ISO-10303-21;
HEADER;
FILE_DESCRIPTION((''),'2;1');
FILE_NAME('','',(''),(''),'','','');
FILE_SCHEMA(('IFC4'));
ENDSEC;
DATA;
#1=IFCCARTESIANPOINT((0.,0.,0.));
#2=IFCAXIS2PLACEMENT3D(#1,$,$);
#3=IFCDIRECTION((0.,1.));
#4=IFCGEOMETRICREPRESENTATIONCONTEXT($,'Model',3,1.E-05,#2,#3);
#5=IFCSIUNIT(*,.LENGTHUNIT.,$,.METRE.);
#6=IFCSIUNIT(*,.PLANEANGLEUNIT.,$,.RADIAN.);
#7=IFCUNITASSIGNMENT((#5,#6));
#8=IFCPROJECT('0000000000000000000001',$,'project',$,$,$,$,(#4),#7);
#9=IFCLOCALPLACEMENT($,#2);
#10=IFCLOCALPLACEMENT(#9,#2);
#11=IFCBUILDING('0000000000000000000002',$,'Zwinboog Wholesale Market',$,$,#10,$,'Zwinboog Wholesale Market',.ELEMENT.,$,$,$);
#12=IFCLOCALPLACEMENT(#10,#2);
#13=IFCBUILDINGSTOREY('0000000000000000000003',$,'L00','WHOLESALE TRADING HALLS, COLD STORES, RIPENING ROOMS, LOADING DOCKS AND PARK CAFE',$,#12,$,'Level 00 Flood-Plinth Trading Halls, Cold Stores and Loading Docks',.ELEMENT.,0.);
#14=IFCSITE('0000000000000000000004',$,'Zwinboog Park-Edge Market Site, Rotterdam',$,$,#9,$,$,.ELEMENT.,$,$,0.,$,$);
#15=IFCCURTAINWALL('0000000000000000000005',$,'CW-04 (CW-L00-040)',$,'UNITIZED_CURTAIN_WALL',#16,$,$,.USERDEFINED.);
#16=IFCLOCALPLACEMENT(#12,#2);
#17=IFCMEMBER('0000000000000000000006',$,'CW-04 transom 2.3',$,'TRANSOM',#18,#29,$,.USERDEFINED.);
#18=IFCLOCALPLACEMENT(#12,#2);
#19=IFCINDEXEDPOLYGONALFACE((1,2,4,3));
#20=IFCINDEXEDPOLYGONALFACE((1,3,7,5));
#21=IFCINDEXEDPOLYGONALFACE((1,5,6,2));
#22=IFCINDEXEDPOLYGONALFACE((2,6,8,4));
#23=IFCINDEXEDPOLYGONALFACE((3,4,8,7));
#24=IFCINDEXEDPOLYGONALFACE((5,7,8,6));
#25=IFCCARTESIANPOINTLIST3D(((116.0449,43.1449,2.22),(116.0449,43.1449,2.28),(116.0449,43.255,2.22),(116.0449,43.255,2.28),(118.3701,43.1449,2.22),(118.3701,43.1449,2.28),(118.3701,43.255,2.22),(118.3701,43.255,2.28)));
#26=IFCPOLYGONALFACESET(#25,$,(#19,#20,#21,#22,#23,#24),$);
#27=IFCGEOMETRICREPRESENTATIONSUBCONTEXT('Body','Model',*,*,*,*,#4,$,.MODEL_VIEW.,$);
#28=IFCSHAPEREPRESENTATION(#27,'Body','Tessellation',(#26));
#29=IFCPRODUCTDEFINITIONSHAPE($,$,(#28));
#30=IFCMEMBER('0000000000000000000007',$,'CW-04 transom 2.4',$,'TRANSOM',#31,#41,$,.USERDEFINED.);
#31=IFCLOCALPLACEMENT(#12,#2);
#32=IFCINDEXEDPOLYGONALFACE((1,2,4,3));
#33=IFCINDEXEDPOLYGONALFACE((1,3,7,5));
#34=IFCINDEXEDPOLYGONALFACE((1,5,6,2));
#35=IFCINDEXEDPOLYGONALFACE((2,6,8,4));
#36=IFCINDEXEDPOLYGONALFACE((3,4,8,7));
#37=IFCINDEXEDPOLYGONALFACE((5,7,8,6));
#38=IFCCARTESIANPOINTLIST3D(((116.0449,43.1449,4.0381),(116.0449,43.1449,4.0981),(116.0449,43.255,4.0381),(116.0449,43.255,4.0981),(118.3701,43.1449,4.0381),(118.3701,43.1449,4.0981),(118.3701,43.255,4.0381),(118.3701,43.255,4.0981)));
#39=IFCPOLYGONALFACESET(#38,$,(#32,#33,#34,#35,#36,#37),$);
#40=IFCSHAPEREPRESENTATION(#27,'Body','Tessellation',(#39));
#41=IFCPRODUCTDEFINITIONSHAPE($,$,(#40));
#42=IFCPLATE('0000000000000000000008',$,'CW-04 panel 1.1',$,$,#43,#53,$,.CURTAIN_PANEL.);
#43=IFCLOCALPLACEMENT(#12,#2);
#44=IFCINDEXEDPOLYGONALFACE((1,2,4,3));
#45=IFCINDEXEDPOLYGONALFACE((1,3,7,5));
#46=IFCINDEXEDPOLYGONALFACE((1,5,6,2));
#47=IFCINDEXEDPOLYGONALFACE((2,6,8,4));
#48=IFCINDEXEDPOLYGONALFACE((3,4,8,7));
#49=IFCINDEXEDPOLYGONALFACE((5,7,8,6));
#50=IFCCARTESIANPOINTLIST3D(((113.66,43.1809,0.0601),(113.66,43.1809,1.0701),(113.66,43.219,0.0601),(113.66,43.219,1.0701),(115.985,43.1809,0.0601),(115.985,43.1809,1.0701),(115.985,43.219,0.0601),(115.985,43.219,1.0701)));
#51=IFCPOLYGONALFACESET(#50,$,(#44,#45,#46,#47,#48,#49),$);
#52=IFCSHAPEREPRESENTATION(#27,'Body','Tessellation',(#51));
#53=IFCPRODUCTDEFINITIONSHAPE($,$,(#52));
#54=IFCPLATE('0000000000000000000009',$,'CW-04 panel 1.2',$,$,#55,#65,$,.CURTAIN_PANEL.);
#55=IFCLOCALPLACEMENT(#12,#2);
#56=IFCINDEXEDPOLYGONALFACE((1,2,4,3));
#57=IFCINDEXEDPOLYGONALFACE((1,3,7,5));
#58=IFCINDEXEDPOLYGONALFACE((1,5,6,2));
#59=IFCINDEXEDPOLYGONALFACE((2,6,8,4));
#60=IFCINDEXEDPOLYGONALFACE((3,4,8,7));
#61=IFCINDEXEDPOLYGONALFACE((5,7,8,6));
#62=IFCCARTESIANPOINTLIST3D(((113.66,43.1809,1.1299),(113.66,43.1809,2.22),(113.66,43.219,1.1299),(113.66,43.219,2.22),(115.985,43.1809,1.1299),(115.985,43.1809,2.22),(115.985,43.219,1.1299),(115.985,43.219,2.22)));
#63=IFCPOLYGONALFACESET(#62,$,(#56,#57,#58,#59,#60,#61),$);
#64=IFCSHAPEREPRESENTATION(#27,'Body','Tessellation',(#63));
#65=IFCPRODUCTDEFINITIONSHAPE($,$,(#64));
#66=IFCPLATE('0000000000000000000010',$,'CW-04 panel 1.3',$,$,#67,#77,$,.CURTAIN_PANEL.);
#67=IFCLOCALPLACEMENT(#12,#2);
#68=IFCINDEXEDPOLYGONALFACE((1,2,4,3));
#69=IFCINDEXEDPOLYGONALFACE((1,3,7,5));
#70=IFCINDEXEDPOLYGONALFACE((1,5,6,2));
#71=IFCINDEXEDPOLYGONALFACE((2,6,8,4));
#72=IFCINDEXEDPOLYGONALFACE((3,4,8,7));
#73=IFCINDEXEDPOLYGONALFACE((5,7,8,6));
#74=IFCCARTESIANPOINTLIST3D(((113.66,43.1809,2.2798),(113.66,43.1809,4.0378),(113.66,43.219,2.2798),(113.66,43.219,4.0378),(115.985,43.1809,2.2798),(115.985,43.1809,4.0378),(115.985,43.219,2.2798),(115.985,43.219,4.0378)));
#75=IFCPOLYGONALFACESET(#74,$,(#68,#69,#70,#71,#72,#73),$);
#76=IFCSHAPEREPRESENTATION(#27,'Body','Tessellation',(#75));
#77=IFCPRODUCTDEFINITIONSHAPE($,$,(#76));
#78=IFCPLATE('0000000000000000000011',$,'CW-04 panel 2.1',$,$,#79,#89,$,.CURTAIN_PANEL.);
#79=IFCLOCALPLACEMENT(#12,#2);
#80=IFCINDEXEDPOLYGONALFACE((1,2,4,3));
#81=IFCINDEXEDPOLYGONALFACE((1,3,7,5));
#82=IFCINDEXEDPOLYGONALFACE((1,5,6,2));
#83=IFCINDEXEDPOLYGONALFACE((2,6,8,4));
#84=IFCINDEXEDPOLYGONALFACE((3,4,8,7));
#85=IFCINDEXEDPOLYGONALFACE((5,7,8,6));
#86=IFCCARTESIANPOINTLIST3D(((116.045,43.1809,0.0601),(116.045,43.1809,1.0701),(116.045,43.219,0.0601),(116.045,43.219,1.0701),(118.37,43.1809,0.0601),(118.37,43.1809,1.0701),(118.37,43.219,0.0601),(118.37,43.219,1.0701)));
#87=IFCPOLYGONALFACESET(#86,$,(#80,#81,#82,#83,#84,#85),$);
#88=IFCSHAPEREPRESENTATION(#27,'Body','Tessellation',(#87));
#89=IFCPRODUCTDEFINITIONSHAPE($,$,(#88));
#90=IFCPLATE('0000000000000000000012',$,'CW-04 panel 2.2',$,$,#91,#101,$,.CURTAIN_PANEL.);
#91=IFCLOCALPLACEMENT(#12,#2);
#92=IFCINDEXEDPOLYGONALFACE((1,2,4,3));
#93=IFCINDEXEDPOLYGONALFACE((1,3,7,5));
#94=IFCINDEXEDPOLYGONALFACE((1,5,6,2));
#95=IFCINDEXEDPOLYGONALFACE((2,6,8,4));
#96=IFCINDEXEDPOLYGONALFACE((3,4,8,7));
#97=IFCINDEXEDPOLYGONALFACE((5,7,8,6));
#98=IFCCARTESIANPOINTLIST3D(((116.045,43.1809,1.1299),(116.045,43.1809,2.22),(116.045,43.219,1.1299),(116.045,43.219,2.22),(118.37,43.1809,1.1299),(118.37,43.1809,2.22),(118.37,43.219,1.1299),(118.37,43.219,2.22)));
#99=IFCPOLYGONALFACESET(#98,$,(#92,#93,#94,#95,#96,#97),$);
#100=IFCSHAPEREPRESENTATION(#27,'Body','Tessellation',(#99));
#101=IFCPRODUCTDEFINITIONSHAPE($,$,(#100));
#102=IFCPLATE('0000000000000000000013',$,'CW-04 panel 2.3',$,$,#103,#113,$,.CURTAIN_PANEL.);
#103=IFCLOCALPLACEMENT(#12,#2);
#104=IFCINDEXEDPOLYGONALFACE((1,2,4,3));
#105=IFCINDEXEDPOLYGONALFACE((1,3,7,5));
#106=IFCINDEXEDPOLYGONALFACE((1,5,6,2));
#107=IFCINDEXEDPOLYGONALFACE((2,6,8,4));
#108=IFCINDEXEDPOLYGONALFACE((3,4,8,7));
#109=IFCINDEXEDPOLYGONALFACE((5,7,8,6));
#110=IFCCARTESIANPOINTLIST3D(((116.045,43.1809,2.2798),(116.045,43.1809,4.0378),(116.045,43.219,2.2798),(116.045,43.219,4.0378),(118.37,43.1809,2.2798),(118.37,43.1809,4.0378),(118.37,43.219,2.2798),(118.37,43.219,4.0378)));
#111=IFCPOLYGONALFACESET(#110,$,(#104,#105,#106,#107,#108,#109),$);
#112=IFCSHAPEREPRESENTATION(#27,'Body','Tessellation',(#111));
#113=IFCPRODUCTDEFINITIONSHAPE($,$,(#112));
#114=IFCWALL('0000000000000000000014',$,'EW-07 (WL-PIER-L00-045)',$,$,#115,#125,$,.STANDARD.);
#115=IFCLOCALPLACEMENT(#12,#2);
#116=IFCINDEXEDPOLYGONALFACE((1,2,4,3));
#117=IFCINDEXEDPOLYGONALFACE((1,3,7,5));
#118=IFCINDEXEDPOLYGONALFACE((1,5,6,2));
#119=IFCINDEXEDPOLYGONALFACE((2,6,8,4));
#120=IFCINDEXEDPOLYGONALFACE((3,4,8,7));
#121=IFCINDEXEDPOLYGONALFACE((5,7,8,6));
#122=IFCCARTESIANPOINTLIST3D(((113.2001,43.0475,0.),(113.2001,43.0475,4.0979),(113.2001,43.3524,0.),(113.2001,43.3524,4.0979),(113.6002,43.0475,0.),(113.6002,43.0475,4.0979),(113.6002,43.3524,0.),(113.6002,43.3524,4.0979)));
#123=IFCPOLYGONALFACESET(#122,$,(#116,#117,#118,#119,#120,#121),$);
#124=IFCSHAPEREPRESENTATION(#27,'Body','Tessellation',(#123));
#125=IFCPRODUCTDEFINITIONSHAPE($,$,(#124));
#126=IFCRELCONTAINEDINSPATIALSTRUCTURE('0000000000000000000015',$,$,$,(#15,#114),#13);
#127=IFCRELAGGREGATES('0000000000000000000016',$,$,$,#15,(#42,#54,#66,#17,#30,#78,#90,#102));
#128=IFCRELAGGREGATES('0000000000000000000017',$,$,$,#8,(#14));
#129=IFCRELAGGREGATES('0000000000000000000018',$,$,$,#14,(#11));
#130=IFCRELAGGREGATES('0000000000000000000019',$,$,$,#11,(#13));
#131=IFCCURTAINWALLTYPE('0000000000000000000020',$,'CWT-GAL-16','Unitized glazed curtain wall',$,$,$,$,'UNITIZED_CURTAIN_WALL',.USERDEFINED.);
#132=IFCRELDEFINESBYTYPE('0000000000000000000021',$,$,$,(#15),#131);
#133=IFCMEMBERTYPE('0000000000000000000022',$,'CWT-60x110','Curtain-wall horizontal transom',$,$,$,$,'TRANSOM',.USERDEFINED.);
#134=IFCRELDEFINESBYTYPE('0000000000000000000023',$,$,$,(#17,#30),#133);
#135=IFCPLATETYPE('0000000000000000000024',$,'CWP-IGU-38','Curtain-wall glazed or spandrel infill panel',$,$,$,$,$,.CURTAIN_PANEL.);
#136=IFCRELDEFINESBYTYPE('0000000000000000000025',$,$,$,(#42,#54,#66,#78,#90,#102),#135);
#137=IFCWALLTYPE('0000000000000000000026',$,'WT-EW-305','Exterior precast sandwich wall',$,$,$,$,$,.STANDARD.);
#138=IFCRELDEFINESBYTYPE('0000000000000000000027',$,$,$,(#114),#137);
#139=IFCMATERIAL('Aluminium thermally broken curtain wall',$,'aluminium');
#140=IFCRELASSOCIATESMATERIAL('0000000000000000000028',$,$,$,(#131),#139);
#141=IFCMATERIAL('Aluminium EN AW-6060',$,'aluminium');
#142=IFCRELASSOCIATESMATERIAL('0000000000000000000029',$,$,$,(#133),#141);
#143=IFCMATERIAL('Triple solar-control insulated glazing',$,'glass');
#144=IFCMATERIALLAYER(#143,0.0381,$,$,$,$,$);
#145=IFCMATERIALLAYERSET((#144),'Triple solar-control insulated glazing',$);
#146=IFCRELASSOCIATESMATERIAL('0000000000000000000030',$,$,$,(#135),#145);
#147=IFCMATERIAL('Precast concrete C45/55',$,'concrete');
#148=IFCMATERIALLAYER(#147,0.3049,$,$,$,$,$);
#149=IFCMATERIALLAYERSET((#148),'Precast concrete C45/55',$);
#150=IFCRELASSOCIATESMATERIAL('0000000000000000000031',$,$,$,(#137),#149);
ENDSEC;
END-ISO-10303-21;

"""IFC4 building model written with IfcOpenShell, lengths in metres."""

from ifc_helpers import new_model, si_unit, direction, frame, frame_2d, origin, origin_2d, place, context, subcontext, project, spatial, rectangle, extrude, material, layer, layer_set, material_profile, profile_set, type_object, element, aggregate, save


model = new_model("IFC4")

# Units and contexts
model_context = context("Model", 3, precision=1e-05, world=origin(), true_north=direction((0.0, 1.0)))
body_context = subcontext(model_context, "Body", "Model", "MODEL_VIEW")
ifc_project = project(units=[si_unit("LENGTHUNIT", "METRE"), si_unit("PLANEANGLEUNIT", "RADIAN")], contexts=[model_context])

# Site, building, storey
site_placement = place(None, origin())
site = spatial("IfcSite", under=ifc_project, at=site_placement, Name="Zwinboog Park-Edge Market Site, Rotterdam", CompositionType="ELEMENT", RefElevation=0.0)
building_placement = place(site_placement, origin())
building = spatial("IfcBuilding", under=site, at=building_placement, Name="Zwinboog Wholesale Market", LongName="Zwinboog Wholesale Market", CompositionType="ELEMENT")
storey_placement = place(building_placement, origin())
storey = spatial("IfcBuildingStorey", under=building, at=storey_placement, Name="L00", Description="WHOLESALE TRADING HALLS, COLD STORES, RIPENING ROOMS, LOADING DOCKS AND PARK CAFE", LongName="Level 00 Flood-Plinth Trading Halls, Cold Stores and Loading Docks", CompositionType="ELEMENT", Elevation=0.0)

# Shared definitions
ifc_material_1 = material(Name="Precast concrete C45/55", Category="concrete")

# Curtain wall, members, plates
ifc_material_2 = material(Name="Aluminium thermally broken curtain wall", Category="aluminium")
curtain_wall_type = type_object("IfcCurtainWallType", Name="CWT-GAL-16", Description="Unitized glazed curtain wall", ElementType="UNITIZED_CURTAIN_WALL", PredefinedType="USERDEFINED", material=ifc_material_2)
curtain_wall_placement = place(storey_placement, origin())
curtain_wall = element("IfcCurtainWall", 1, at=curtain_wall_placement, inside=storey, type_object=curtain_wall_type, Name="CW-04 (CW-L00-040)", ObjectType="UNITIZED_CURTAIN_WALL", PredefinedType="USERDEFINED")
ifc_material_3 = material(Name="Aluminium EN AW-6060", Category="aluminium")
ifc_material_profile_1 = material_profile(ifc_material_3, rectangle(XDim=0.1101, YDim=0.0601, at=origin_2d()), Name="AL 60x110")
ifc_profile_set_1 = profile_set([ifc_material_profile_1], Name="Aluminium EN AW-6060")
member_type_1 = type_object("IfcMemberType", Name="CWT-60x110", Description="Curtain-wall horizontal transom", ElementType="TRANSOM", PredefinedType="USERDEFINED", material=ifc_profile_set_1)
member_1_placement = place(storey_placement, frame((116.0449, 43.2, 2.25), z_axis=(1.0, 0.0, 0.0), x_axis=(0.0, 1.0, 0.0)))
member_1 = element("IfcMember", 2, at=member_1_placement, type_object=member_type_1, Name="CW-04 transom 2.3", ObjectType="TRANSOM", PredefinedType="USERDEFINED", context=body_context, shape_type="SweptSolid", body=[
    extrude(rectangle(XDim=0.1101, YDim=0.0601, at=origin_2d()), origin(), (0.0, 0.0, 1.0), 2.3252),
])
member_2_placement = place(storey_placement, frame((116.0449, 43.2, 4.0681), z_axis=(1.0, 0.0, 0.0), x_axis=(0.0, 1.0, 0.0)))
member_2 = element("IfcMember", 3, at=member_2_placement, type_object=member_type_1, Name="CW-04 transom 2.4", ObjectType="TRANSOM", PredefinedType="USERDEFINED", context=body_context, shape_type="SweptSolid", body=[
    extrude(rectangle(XDim=0.1101, YDim=0.0601, at=origin_2d()), origin(), (0.0, 0.0, 1.0), 2.3252),
])
ifc_material_4 = material(Name="Triple solar-control insulated glazing", Category="glass")
ifc_layer_1 = layer(ifc_material_4, 0.0381)
ifc_layer_set_1 = layer_set([ifc_layer_1], Name="Triple solar-control insulated glazing")
plate_type = type_object("IfcPlateType", Name="CWP-IGU-38", Description="Curtain-wall glazed or spandrel infill panel", PredefinedType="CURTAIN_PANEL", material=ifc_layer_set_1)
plate_1_placement = place(storey_placement, frame((114.8225, 43.2, 0.0601), z_axis=(0.0, 0.0, 1.0), x_axis=(1.0, 0.0, 0.0)))
plate_1 = element("IfcPlate", 4, at=plate_1_placement, type_object=plate_type, Name="CW-04 panel 1.1", PredefinedType="CURTAIN_PANEL", context=body_context, shape_type="SweptSolid", body=[
    extrude(rectangle(XDim=2.325, YDim=0.0381, at=origin_2d()), origin(), (0.0, 0.0, 1.0), 1.01),
])
plate_2_placement = place(storey_placement, frame((114.8225, 43.2, 1.1299), z_axis=(0.0, 0.0, 1.0), x_axis=(1.0, 0.0, 0.0)))
plate_2 = element("IfcPlate", 5, at=plate_2_placement, type_object=plate_type, Name="CW-04 panel 1.2", PredefinedType="CURTAIN_PANEL", context=body_context, shape_type="SweptSolid", body=[
    extrude(rectangle(XDim=2.325, YDim=0.0381, at=origin_2d()), origin(), (0.0, 0.0, 1.0), 1.0901),
])
plate_3_placement = place(storey_placement, frame((114.8225, 43.2, 2.2798), z_axis=(0.0, 0.0, 1.0), x_axis=(1.0, 0.0, 0.0)))
plate_3 = element("IfcPlate", 6, at=plate_3_placement, type_object=plate_type, Name="CW-04 panel 1.3", PredefinedType="CURTAIN_PANEL", context=body_context, shape_type="SweptSolid", body=[
    extrude(rectangle(XDim=2.325, YDim=0.0381, at=origin_2d()), origin(), (0.0, 0.0, 1.0), 1.7581),
])
plate_4_placement = place(storey_placement, frame((117.2075, 43.2, 0.0601), z_axis=(0.0, 0.0, 1.0), x_axis=(1.0, 0.0, 0.0)))
plate_4 = element("IfcPlate", 7, at=plate_4_placement, type_object=plate_type, Name="CW-04 panel 2.1", PredefinedType="CURTAIN_PANEL", context=body_context, shape_type="SweptSolid", body=[
    extrude(rectangle(XDim=2.325, YDim=0.0381, at=origin_2d()), origin(), (0.0, 0.0, 1.0), 1.01),
])
plate_5_placement = place(storey_placement, frame((117.2075, 43.2, 1.1299), z_axis=(0.0, 0.0, 1.0), x_axis=(1.0, 0.0, 0.0)))
plate_5 = element("IfcPlate", 8, at=plate_5_placement, type_object=plate_type, Name="CW-04 panel 2.2", PredefinedType="CURTAIN_PANEL", context=body_context, shape_type="SweptSolid", body=[
    extrude(rectangle(XDim=2.325, YDim=0.0381, at=origin_2d()), origin(), (0.0, 0.0, 1.0), 1.0901),
])
plate_6_placement = place(storey_placement, frame((117.2075, 43.2, 2.2798), z_axis=(0.0, 0.0, 1.0), x_axis=(1.0, 0.0, 0.0)))
plate_6 = element("IfcPlate", 9, at=plate_6_placement, type_object=plate_type, Name="CW-04 panel 2.3", PredefinedType="CURTAIN_PANEL", context=body_context, shape_type="SweptSolid", body=[
    extrude(rectangle(XDim=2.325, YDim=0.0381, at=origin_2d()), origin(), (0.0, 0.0, 1.0), 1.7581),
])
aggregate(curtain_wall, [plate_1, plate_2, plate_3, member_1, member_2, plate_4, plate_5, plate_6])

# Wall
ifc_layer_2 = layer(ifc_material_1, 0.3049)
ifc_layer_set_2 = layer_set([ifc_layer_2], Name="Precast concrete C45/55")
wall_type = type_object("IfcWallType", Name="WT-EW-305", Description="Exterior precast sandwich wall", PredefinedType="STANDARD", material=ifc_layer_set_2)
wall_placement = place(storey_placement, frame((113.2, 43.2, 0.0), z_axis=(0.0, 0.0, 1.0), x_axis=(1.0, 0.0, 0.0)))
element("IfcWall", 10, at=wall_placement, inside=storey, type_object=wall_type, Name="EW-07 (WL-PIER-L00-045)", PredefinedType="STANDARD", context=body_context, shape_type="SweptSolid", body=[
    extrude(rectangle(XDim=0.4001, YDim=0.3049, at=frame_2d((0.2002, 0.0))), origin(), (0.0, 0.0, 1.0), 4.0979),
])

save(model, "model.ifc")
